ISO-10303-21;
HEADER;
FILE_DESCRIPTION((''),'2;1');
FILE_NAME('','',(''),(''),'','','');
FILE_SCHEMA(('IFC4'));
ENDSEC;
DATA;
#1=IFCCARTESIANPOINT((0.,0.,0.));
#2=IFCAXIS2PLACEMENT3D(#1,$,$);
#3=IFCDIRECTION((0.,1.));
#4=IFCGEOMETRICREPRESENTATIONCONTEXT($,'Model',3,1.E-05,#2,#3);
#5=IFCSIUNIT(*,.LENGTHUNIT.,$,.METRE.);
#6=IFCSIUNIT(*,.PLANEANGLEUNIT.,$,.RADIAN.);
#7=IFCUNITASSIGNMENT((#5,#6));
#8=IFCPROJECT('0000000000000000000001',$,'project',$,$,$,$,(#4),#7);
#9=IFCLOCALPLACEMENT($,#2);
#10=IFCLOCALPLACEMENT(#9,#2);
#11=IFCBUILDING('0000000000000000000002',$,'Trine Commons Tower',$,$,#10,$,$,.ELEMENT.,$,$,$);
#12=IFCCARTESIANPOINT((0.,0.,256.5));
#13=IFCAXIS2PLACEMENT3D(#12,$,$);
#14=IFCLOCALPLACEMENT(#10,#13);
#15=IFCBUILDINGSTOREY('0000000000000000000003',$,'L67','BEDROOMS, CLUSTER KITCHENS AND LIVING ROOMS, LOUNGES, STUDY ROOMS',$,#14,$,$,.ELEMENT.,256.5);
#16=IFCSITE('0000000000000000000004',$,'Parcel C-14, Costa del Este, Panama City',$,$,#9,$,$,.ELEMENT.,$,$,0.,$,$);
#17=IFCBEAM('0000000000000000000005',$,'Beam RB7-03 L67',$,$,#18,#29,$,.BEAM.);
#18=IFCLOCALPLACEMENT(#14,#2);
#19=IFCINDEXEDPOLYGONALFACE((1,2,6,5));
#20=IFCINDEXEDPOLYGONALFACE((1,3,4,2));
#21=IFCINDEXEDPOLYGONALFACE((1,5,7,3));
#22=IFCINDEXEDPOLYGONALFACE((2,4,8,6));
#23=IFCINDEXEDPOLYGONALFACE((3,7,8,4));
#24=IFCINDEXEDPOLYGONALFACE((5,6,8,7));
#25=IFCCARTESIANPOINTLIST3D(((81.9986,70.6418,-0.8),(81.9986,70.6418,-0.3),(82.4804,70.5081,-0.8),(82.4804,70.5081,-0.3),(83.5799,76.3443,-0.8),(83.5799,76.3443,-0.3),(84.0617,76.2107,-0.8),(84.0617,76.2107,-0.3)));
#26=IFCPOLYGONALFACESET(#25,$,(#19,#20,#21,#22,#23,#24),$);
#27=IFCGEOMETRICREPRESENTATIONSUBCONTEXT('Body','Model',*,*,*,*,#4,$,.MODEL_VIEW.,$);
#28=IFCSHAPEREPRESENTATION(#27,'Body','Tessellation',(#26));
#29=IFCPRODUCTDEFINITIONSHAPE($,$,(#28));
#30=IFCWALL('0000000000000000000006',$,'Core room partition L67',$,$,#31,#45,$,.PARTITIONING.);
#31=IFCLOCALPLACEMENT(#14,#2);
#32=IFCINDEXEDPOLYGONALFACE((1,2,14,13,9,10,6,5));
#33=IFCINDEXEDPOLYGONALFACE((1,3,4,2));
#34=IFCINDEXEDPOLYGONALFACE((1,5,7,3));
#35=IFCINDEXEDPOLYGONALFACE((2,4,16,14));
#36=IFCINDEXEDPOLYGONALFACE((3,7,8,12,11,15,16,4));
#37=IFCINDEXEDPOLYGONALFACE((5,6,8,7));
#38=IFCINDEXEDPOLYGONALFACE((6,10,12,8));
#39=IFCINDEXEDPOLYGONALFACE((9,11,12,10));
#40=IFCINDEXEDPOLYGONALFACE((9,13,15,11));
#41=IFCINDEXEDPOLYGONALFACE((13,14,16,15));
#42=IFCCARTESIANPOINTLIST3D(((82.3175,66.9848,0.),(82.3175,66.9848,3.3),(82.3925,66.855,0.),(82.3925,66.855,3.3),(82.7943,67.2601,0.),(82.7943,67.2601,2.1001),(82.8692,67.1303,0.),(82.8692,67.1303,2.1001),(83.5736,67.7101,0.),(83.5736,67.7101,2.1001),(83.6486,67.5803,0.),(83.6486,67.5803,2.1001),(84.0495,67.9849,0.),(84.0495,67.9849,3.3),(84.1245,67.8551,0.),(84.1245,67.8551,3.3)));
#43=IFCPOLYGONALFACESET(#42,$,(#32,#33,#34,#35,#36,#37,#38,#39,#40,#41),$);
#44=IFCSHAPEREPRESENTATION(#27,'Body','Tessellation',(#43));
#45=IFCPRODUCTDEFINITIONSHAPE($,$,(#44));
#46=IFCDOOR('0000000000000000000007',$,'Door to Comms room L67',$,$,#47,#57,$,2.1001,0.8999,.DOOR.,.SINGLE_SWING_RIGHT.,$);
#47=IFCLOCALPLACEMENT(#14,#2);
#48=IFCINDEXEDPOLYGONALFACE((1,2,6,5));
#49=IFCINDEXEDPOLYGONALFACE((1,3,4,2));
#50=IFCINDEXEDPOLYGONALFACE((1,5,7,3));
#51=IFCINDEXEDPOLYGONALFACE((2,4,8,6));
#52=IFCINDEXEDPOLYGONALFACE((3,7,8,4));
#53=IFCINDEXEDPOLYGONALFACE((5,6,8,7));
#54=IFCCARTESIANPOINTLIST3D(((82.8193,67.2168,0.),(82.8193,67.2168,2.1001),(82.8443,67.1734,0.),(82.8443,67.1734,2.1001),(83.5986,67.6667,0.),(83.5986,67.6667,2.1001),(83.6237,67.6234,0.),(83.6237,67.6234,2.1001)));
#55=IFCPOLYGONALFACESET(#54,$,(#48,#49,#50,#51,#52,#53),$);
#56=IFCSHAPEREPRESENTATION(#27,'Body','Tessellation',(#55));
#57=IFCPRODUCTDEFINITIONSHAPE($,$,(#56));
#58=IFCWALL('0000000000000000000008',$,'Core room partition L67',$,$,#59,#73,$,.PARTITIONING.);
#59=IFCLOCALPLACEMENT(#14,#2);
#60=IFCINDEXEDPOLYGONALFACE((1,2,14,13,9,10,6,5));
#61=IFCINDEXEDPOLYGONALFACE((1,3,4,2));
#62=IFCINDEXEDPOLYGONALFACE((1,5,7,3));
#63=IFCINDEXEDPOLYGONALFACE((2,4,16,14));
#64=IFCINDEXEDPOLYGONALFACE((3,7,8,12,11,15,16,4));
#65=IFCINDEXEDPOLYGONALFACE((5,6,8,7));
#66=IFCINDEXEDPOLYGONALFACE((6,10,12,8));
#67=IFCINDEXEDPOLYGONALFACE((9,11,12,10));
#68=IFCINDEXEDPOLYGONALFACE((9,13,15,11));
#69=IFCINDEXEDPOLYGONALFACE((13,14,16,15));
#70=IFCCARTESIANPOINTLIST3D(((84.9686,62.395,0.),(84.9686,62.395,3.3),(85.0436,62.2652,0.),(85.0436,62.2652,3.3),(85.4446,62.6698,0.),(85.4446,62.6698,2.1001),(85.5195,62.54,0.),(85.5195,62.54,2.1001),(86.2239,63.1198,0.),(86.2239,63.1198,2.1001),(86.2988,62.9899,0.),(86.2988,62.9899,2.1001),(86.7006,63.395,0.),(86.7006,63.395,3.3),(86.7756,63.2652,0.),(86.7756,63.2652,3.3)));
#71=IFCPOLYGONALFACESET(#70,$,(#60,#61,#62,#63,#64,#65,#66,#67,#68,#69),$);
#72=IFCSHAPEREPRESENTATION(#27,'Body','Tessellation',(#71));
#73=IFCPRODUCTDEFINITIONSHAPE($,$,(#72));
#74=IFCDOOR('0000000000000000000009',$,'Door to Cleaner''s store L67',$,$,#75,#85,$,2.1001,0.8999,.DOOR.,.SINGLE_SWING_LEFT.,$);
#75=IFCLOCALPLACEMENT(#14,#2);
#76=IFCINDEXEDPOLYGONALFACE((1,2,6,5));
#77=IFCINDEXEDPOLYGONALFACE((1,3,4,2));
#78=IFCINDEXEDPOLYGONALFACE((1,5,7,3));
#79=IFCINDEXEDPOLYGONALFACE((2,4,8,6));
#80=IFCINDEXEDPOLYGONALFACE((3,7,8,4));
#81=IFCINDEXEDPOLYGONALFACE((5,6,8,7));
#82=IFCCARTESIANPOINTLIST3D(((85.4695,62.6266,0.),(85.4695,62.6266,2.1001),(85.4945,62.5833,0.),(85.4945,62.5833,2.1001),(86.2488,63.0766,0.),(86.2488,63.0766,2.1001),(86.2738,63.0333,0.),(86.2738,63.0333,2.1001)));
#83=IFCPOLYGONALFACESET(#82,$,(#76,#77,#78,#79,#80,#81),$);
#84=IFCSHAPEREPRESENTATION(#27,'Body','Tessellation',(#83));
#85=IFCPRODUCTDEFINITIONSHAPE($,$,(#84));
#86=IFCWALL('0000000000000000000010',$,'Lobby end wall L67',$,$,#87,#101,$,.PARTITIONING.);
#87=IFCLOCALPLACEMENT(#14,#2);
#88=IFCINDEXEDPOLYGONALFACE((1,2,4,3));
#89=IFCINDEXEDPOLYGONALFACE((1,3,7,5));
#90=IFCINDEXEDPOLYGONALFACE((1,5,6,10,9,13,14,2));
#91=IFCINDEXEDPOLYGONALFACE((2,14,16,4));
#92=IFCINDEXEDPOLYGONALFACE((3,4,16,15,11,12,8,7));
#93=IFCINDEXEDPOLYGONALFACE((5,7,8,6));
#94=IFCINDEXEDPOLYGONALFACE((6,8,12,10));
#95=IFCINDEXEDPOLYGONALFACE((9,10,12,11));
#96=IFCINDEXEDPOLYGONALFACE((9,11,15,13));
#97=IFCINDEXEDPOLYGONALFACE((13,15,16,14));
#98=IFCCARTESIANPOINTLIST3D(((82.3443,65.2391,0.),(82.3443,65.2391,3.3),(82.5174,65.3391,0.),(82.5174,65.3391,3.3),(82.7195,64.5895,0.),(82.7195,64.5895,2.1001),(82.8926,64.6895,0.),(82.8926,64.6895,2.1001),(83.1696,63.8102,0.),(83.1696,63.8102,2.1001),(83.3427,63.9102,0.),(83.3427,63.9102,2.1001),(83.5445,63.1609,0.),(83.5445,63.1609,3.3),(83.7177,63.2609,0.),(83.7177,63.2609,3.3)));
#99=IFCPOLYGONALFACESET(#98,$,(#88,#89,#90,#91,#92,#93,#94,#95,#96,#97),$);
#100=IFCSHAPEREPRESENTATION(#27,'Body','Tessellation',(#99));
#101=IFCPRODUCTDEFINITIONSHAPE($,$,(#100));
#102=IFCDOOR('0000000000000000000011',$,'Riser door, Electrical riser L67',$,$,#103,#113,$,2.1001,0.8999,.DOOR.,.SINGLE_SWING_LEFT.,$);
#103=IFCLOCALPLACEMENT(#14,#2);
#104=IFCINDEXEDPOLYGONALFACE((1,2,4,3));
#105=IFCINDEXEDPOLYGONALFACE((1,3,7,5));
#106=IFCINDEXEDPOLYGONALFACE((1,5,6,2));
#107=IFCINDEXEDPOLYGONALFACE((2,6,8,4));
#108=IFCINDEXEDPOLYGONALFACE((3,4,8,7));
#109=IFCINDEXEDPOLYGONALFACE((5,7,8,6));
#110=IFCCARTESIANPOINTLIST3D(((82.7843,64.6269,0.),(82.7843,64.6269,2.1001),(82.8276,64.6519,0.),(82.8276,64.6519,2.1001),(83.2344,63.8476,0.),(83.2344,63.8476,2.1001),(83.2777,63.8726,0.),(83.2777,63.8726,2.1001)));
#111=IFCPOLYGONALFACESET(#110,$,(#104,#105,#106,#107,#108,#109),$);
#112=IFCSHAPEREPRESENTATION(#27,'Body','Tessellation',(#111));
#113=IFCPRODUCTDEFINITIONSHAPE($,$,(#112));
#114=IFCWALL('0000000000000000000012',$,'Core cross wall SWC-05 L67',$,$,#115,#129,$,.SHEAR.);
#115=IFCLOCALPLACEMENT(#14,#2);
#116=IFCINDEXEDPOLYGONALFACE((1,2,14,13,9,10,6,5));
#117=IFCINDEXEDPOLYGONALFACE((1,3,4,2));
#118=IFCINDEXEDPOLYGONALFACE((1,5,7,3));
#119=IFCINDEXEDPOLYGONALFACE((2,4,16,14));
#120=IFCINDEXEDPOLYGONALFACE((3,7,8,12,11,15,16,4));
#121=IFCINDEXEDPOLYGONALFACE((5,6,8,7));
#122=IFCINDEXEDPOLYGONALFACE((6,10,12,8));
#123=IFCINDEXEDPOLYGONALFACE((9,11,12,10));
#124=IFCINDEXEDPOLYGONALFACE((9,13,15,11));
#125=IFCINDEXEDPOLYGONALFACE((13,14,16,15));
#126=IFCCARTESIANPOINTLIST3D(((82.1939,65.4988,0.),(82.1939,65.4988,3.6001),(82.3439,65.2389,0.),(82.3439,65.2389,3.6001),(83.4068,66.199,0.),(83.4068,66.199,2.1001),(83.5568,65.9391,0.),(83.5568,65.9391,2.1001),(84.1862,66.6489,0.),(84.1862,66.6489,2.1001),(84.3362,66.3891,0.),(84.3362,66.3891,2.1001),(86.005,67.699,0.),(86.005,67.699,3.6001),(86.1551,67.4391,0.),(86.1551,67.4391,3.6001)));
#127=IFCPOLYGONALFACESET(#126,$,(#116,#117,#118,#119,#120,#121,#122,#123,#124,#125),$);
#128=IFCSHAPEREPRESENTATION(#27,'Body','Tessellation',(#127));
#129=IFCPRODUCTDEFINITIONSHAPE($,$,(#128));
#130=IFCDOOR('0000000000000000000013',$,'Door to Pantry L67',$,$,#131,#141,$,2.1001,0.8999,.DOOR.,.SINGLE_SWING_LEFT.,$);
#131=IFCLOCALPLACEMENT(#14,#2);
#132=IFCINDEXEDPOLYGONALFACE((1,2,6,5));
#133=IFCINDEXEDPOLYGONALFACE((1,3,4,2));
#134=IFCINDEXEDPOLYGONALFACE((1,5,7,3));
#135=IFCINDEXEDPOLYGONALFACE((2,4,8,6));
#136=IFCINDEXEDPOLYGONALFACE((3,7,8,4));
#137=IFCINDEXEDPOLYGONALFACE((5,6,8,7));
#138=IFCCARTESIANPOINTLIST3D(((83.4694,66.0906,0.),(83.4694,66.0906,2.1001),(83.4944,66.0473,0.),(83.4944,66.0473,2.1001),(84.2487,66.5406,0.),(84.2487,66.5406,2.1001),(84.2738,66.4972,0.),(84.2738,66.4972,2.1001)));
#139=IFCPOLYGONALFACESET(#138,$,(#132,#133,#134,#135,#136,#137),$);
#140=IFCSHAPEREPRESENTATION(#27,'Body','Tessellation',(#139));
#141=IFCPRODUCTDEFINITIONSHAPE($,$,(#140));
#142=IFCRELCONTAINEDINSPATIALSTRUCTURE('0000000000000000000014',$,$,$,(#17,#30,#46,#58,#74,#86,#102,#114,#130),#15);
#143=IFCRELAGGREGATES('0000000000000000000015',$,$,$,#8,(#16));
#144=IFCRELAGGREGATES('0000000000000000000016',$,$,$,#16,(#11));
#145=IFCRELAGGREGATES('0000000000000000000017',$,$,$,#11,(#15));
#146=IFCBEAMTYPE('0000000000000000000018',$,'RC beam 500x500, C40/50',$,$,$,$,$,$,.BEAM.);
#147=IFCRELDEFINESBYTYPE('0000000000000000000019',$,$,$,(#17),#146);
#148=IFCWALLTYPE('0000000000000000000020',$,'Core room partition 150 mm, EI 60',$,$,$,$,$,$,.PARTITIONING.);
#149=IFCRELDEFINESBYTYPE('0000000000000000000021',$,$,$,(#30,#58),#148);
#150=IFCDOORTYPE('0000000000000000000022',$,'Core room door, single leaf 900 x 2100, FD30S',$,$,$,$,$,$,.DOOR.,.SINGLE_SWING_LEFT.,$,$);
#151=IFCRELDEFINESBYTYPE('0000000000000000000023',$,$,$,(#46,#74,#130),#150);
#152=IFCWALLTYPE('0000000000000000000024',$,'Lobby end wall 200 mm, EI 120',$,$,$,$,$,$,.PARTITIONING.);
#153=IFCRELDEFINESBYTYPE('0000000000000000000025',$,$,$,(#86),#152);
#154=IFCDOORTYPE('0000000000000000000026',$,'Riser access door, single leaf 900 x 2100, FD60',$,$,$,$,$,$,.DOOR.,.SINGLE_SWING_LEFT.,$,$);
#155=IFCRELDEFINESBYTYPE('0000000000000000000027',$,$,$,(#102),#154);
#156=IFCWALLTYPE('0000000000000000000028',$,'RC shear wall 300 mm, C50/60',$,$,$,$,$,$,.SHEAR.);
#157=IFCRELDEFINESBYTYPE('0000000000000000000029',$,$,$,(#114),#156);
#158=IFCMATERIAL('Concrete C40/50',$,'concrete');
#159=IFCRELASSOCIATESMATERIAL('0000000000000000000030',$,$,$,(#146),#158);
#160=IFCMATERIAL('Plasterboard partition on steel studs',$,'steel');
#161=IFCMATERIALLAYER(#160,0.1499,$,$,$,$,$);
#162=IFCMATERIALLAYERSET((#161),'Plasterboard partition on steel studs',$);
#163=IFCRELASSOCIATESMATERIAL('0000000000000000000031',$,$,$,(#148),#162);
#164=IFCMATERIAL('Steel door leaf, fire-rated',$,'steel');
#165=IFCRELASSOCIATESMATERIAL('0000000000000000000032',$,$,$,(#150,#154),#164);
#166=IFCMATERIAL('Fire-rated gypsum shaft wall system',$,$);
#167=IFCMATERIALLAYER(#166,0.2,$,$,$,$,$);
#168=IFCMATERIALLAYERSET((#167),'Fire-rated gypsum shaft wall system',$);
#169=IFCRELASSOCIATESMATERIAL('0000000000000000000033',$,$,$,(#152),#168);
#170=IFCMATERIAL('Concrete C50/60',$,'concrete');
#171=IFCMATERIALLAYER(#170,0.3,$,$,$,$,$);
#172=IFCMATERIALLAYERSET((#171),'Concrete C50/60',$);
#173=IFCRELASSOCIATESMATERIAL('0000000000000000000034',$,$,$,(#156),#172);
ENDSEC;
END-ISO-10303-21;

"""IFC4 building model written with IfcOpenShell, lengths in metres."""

from ifc_helpers import new_model, si_unit, direction, frame, frame_2d, origin, origin_2d, place, context, subcontext, project, spatial, rectangle, extrude, material, layer, layer_set, material_profile, profile_set, type_object, element, fill, save


model = new_model("IFC4")

# Units and contexts
model_context = context("Model", 3, precision=1e-05, world=origin(), true_north=direction((0.0, 1.0)))
body_context = subcontext(model_context, "Body", "Model", "MODEL_VIEW")
ifc_project = project(units=[si_unit("LENGTHUNIT", "METRE"), si_unit("PLANEANGLEUNIT", "RADIAN")], contexts=[model_context])

# Site, building, storey
site_placement = place(None, origin())
site = spatial("IfcSite", under=ifc_project, at=site_placement, Name="Parcel C-14, Costa del Este, Panama City", CompositionType="ELEMENT", RefElevation=0.0)
building_placement = place(site_placement, origin())
building = spatial("IfcBuilding", under=site, at=building_placement, Name="Trine Commons Tower", CompositionType="ELEMENT")
storey_placement = place(building_placement, frame((0.0, 0.0, 256.5)))
storey = spatial("IfcBuildingStorey", under=building, at=storey_placement, Name="L67", Description="BEDROOMS, CLUSTER KITCHENS AND LIVING ROOMS, LOUNGES, STUDY ROOMS", CompositionType="ELEMENT", Elevation=256.5)

# Beam
ifc_material_1 = material(Name="Concrete C40/50", Category="concrete")
ifc_material_profile = material_profile(ifc_material_1, rectangle(XDim=0.5, YDim=0.5, at=origin_2d()), Name="RC 500x500")
ifc_profile_set = profile_set([ifc_material_profile], Name="Concrete C40/50")
beam_type = type_object("IfcBeamType", Name="RC beam 500x500, C40/50", PredefinedType="BEAM", material=ifc_profile_set)
beam_placement = place(storey_placement, frame((82.2395, 70.575, -0.55), z_axis=(0.26721, 0.963638, 0.0), x_axis=(-0.963638, 0.26721, 0.0)))
element("IfcBeam", 1, at=beam_placement, inside=storey, type_object=beam_type, Name="Beam RB7-03 L67", PredefinedType="BEAM", context=body_context, shape_type="SweptSolid", body=[
    extrude(rectangle(XDim=0.5, YDim=0.5, at=origin_2d()), origin(), (0.0, 0.0, 1.0), 5.9177),
])

# Walls, openings, doors
ifc_material_2 = material(Name="Plasterboard partition on steel studs", Category="steel")
ifc_layer_1 = layer(ifc_material_2, 0.1499)
ifc_layer_set_1 = layer_set([ifc_layer_1], Name="Plasterboard partition on steel studs")
wall_type_1 = type_object("IfcWallType", Name="Core room partition 150 mm, EI 60", PredefinedType="PARTITIONING", material=ifc_layer_set_1)
wall_1_placement = place(storey_placement, frame((82.355, 66.9199, 0.0), z_axis=(0.0, 0.0, 1.0), x_axis=(0.866011, 0.500025, 0.0)))
wall_1 = element("IfcWall", 2, at=wall_1_placement, inside=storey, type_object=wall_type_1, Name="Core room partition L67", PredefinedType="PARTITIONING", context=body_context, shape_type="SweptSolid", body=[
    extrude(rectangle(XDim=2.0, YDim=0.1499, at=frame_2d((1.0, 0.0))), origin(), (0.0, 0.0, 1.0), 3.3),
])
opening_1_placement = place(wall_1_placement, frame((0.5505, 0.0, 0.0)))
opening_1 = element("IfcOpeningElement", 3, at=opening_1_placement, cuts=wall_1, PredefinedType="OPENING", context=body_context, shape_type="SweptSolid", body=[
    extrude(rectangle(XDim=0.8999, YDim=2.1001, at=frame_2d((0.45, 1.05))), frame((0.0, 0.085, 0.0), z_axis=(0.0, -1.0, 0.0), x_axis=(1.0, 0.0, 0.0)), (0.0, 0.0, 1.0), 0.1699),
])
ifc_material_3 = material(Name="Steel door leaf, fire-rated", Category="steel")
door_type_1 = type_object("IfcDoorType", Name="Core room door, single leaf 900 x 2100, FD30S", OperationType="SINGLE_SWING_LEFT", PredefinedType="DOOR", material=ifc_material_3)
door_1_placement = place(opening_1_placement, origin())
door_1 = element("IfcDoor", 4, at=door_1_placement, inside=storey, type_object=door_type_1, Name="Door to Comms room L67", OperationType="SINGLE_SWING_RIGHT", OverallHeight=2.1001, OverallWidth=0.8999, PredefinedType="DOOR", context=body_context, shape_type="SweptSolid", body=[
    extrude(rectangle(XDim=0.8999, YDim=2.1001, at=frame_2d((0.45, 1.05))), frame((0.0, 0.0249, 0.0), z_axis=(0.0, -1.0, 0.0), x_axis=(1.0, 0.0, 0.0)), (0.0, 0.0, 1.0), 0.05),
])
fill(opening_1, door_1)
wall_2_placement = place(storey_placement, frame((85.0061, 62.3301, 0.0), z_axis=(0.0, 0.0, 1.0), x_axis=(0.866011, 0.500025, 0.0)))
wall_2 = element("IfcWall", 5, at=wall_2_placement, inside=storey, type_object=wall_type_1, Name="Core room partition L67", PredefinedType="PARTITIONING", context=body_context, shape_type="SweptSolid", body=[
    extrude(rectangle(XDim=2.0, YDim=0.1499, at=frame_2d((1.0, 0.0))), origin(), (0.0, 0.0, 1.0), 3.3),
])
opening_2_placement = place(wall_2_placement, frame((0.5496, 0.0, 0.0)))
opening_2 = element("IfcOpeningElement", 6, at=opening_2_placement, cuts=wall_2, PredefinedType="OPENING", context=body_context, shape_type="SweptSolid", body=[
    extrude(rectangle(XDim=0.8999, YDim=2.1001, at=frame_2d((0.45, 1.05))), frame((0.0, 0.085, 0.0), z_axis=(0.0, -1.0, 0.0), x_axis=(1.0, 0.0, 0.0)), (0.0, 0.0, 1.0), 0.1699),
])
door_2_placement = place(opening_2_placement, frame((0.8999, 0.0, 0.0), z_axis=(0.0, 0.0, 1.0), x_axis=(-1.0, 0.0, 0.0)))
door_2 = element("IfcDoor", 7, at=door_2_placement, inside=storey, type_object=door_type_1, Name="Door to Cleaner's store L67", OperationType="SINGLE_SWING_LEFT", OverallHeight=2.1001, OverallWidth=0.8999, PredefinedType="DOOR", context=body_context, shape_type="SweptSolid", body=[
    extrude(rectangle(XDim=0.8999, YDim=2.1001, at=frame_2d((0.45, 1.05))), frame((0.0, 0.0249, 0.0), z_axis=(0.0, -1.0, 0.0), x_axis=(1.0, 0.0, 0.0)), (0.0, 0.0, 1.0), 0.05),
])
fill(opening_2, door_2)
ifc_material_4 = material(Name="Fire-rated gypsum shaft wall system")
ifc_layer_2 = layer(ifc_material_4, 0.2)
ifc_layer_set_2 = layer_set([ifc_layer_2], Name="Fire-rated gypsum shaft wall system")
wall_type_2 = type_object("IfcWallType", Name="Lobby end wall 200 mm, EI 120", PredefinedType="PARTITIONING", material=ifc_layer_set_2)
wall_3_placement = place(storey_placement, frame((83.6311, 63.2109, 0.0), z_axis=(0.0, 0.0, 1.0), x_axis=(-0.500122, 0.865955, 0.0)))
wall_3 = element("IfcWall", 8, at=wall_3_placement, inside=storey, type_object=wall_type_2, Name="Lobby end wall L67", PredefinedType="PARTITIONING", context=body_context, shape_type="SweptSolid", body=[
    extrude(rectangle(XDim=2.3999, YDim=0.2, at=frame_2d((1.2, 0.0))), origin(), (0.0, 0.0, 1.0), 3.3),
])
opening_3_placement = place(wall_3_placement, frame((0.7498, 0.0, 0.0)))
opening_3 = element("IfcOpeningElement", 9, at=opening_3_placement, cuts=wall_3, PredefinedType="OPENING", context=body_context, shape_type="SweptSolid", body=[
    extrude(rectangle(XDim=0.8999, YDim=2.1001, at=frame_2d((0.45, 1.05))), frame((0.0, 0.1099, 0.0), z_axis=(0.0, -1.0, 0.0), x_axis=(1.0, 0.0, 0.0)), (0.0, 0.0, 1.0), 0.22),
])
door_type_2 = type_object("IfcDoorType", Name="Riser access door, single leaf 900 x 2100, FD60", OperationType="SINGLE_SWING_LEFT", PredefinedType="DOOR", material=ifc_material_3)
door_3_placement = place(opening_3_placement, frame((0.8999, 0.0, 0.0), z_axis=(0.0, 0.0, 1.0), x_axis=(-1.0, 0.0, 0.0)))
door_3 = element("IfcDoor", 10, at=door_3_placement, inside=storey, type_object=door_type_2, Name="Riser door, Electrical riser L67", OperationType="SINGLE_SWING_LEFT", OverallHeight=2.1001, OverallWidth=0.8999, PredefinedType="DOOR", context=body_context, shape_type="SweptSolid", body=[
    extrude(rectangle(XDim=0.8999, YDim=2.1001, at=frame_2d((0.45, 1.05))), frame((0.0, 0.0249, 0.0), z_axis=(0.0, -1.0, 0.0), x_axis=(1.0, 0.0, 0.0)), (0.0, 0.0, 1.0), 0.05),
])
fill(opening_3, door_3)
ifc_material_5 = material(Name="Concrete C50/60", Category="concrete")
ifc_layer_3 = layer(ifc_material_5, 0.3)
ifc_layer_set_3 = layer_set([ifc_layer_3], Name="Concrete C50/60")
wall_type_3 = type_object("IfcWallType", Name="RC shear wall 300 mm, C50/60", PredefinedType="SHEAR", material=ifc_layer_set_3)
wall_4_placement = place(storey_placement, frame((82.269, 65.3689, 0.0), z_axis=(0.0, 0.0, 1.0), x_axis=(0.866036, 0.499982, 0.0)))
wall_4 = element("IfcWall", 11, at=wall_4_placement, inside=storey, type_object=wall_type_3, Name="Core cross wall SWC-05 L67", PredefinedType="SHEAR", context=body_context, shape_type="SweptSolid", body=[
    extrude(rectangle(XDim=4.4006, YDim=0.3, at=frame_2d((2.2002, 0.0))), origin(), (0.0, 0.0, 1.0), 3.6001),
])
opening_4_placement = place(wall_4_placement, frame((1.4004, 0.0, 0.0)))
opening_4 = element("IfcOpeningElement", 12, at=opening_4_placement, cuts=wall_4, PredefinedType="OPENING", context=body_context, shape_type="SweptSolid", body=[
    extrude(rectangle(XDim=0.8999, YDim=2.1001, at=frame_2d((0.45, 1.05))), frame((0.0, 0.1599, 0.0), z_axis=(0.0, -1.0, 0.0), x_axis=(1.0, 0.0, 0.0)), (0.0, 0.0, 1.0), 0.3201),
])
door_4_placement = place(opening_4_placement, origin())
door_4 = element("IfcDoor", 13, at=door_4_placement, inside=storey, type_object=door_type_1, Name="Door to Pantry L67", OperationType="SINGLE_SWING_LEFT", OverallHeight=2.1001, OverallWidth=0.8999, PredefinedType="DOOR", context=body_context, shape_type="SweptSolid", body=[
    extrude(rectangle(XDim=0.8999, YDim=2.1001, at=frame_2d((0.45, 1.05))), frame((0.0, 0.0249, 0.0), z_axis=(0.0, -1.0, 0.0), x_axis=(1.0, 0.0, 0.0)), (0.0, 0.0, 1.0), 0.05),
])
fill(opening_4, door_4)

save(model, "model.ifc")
